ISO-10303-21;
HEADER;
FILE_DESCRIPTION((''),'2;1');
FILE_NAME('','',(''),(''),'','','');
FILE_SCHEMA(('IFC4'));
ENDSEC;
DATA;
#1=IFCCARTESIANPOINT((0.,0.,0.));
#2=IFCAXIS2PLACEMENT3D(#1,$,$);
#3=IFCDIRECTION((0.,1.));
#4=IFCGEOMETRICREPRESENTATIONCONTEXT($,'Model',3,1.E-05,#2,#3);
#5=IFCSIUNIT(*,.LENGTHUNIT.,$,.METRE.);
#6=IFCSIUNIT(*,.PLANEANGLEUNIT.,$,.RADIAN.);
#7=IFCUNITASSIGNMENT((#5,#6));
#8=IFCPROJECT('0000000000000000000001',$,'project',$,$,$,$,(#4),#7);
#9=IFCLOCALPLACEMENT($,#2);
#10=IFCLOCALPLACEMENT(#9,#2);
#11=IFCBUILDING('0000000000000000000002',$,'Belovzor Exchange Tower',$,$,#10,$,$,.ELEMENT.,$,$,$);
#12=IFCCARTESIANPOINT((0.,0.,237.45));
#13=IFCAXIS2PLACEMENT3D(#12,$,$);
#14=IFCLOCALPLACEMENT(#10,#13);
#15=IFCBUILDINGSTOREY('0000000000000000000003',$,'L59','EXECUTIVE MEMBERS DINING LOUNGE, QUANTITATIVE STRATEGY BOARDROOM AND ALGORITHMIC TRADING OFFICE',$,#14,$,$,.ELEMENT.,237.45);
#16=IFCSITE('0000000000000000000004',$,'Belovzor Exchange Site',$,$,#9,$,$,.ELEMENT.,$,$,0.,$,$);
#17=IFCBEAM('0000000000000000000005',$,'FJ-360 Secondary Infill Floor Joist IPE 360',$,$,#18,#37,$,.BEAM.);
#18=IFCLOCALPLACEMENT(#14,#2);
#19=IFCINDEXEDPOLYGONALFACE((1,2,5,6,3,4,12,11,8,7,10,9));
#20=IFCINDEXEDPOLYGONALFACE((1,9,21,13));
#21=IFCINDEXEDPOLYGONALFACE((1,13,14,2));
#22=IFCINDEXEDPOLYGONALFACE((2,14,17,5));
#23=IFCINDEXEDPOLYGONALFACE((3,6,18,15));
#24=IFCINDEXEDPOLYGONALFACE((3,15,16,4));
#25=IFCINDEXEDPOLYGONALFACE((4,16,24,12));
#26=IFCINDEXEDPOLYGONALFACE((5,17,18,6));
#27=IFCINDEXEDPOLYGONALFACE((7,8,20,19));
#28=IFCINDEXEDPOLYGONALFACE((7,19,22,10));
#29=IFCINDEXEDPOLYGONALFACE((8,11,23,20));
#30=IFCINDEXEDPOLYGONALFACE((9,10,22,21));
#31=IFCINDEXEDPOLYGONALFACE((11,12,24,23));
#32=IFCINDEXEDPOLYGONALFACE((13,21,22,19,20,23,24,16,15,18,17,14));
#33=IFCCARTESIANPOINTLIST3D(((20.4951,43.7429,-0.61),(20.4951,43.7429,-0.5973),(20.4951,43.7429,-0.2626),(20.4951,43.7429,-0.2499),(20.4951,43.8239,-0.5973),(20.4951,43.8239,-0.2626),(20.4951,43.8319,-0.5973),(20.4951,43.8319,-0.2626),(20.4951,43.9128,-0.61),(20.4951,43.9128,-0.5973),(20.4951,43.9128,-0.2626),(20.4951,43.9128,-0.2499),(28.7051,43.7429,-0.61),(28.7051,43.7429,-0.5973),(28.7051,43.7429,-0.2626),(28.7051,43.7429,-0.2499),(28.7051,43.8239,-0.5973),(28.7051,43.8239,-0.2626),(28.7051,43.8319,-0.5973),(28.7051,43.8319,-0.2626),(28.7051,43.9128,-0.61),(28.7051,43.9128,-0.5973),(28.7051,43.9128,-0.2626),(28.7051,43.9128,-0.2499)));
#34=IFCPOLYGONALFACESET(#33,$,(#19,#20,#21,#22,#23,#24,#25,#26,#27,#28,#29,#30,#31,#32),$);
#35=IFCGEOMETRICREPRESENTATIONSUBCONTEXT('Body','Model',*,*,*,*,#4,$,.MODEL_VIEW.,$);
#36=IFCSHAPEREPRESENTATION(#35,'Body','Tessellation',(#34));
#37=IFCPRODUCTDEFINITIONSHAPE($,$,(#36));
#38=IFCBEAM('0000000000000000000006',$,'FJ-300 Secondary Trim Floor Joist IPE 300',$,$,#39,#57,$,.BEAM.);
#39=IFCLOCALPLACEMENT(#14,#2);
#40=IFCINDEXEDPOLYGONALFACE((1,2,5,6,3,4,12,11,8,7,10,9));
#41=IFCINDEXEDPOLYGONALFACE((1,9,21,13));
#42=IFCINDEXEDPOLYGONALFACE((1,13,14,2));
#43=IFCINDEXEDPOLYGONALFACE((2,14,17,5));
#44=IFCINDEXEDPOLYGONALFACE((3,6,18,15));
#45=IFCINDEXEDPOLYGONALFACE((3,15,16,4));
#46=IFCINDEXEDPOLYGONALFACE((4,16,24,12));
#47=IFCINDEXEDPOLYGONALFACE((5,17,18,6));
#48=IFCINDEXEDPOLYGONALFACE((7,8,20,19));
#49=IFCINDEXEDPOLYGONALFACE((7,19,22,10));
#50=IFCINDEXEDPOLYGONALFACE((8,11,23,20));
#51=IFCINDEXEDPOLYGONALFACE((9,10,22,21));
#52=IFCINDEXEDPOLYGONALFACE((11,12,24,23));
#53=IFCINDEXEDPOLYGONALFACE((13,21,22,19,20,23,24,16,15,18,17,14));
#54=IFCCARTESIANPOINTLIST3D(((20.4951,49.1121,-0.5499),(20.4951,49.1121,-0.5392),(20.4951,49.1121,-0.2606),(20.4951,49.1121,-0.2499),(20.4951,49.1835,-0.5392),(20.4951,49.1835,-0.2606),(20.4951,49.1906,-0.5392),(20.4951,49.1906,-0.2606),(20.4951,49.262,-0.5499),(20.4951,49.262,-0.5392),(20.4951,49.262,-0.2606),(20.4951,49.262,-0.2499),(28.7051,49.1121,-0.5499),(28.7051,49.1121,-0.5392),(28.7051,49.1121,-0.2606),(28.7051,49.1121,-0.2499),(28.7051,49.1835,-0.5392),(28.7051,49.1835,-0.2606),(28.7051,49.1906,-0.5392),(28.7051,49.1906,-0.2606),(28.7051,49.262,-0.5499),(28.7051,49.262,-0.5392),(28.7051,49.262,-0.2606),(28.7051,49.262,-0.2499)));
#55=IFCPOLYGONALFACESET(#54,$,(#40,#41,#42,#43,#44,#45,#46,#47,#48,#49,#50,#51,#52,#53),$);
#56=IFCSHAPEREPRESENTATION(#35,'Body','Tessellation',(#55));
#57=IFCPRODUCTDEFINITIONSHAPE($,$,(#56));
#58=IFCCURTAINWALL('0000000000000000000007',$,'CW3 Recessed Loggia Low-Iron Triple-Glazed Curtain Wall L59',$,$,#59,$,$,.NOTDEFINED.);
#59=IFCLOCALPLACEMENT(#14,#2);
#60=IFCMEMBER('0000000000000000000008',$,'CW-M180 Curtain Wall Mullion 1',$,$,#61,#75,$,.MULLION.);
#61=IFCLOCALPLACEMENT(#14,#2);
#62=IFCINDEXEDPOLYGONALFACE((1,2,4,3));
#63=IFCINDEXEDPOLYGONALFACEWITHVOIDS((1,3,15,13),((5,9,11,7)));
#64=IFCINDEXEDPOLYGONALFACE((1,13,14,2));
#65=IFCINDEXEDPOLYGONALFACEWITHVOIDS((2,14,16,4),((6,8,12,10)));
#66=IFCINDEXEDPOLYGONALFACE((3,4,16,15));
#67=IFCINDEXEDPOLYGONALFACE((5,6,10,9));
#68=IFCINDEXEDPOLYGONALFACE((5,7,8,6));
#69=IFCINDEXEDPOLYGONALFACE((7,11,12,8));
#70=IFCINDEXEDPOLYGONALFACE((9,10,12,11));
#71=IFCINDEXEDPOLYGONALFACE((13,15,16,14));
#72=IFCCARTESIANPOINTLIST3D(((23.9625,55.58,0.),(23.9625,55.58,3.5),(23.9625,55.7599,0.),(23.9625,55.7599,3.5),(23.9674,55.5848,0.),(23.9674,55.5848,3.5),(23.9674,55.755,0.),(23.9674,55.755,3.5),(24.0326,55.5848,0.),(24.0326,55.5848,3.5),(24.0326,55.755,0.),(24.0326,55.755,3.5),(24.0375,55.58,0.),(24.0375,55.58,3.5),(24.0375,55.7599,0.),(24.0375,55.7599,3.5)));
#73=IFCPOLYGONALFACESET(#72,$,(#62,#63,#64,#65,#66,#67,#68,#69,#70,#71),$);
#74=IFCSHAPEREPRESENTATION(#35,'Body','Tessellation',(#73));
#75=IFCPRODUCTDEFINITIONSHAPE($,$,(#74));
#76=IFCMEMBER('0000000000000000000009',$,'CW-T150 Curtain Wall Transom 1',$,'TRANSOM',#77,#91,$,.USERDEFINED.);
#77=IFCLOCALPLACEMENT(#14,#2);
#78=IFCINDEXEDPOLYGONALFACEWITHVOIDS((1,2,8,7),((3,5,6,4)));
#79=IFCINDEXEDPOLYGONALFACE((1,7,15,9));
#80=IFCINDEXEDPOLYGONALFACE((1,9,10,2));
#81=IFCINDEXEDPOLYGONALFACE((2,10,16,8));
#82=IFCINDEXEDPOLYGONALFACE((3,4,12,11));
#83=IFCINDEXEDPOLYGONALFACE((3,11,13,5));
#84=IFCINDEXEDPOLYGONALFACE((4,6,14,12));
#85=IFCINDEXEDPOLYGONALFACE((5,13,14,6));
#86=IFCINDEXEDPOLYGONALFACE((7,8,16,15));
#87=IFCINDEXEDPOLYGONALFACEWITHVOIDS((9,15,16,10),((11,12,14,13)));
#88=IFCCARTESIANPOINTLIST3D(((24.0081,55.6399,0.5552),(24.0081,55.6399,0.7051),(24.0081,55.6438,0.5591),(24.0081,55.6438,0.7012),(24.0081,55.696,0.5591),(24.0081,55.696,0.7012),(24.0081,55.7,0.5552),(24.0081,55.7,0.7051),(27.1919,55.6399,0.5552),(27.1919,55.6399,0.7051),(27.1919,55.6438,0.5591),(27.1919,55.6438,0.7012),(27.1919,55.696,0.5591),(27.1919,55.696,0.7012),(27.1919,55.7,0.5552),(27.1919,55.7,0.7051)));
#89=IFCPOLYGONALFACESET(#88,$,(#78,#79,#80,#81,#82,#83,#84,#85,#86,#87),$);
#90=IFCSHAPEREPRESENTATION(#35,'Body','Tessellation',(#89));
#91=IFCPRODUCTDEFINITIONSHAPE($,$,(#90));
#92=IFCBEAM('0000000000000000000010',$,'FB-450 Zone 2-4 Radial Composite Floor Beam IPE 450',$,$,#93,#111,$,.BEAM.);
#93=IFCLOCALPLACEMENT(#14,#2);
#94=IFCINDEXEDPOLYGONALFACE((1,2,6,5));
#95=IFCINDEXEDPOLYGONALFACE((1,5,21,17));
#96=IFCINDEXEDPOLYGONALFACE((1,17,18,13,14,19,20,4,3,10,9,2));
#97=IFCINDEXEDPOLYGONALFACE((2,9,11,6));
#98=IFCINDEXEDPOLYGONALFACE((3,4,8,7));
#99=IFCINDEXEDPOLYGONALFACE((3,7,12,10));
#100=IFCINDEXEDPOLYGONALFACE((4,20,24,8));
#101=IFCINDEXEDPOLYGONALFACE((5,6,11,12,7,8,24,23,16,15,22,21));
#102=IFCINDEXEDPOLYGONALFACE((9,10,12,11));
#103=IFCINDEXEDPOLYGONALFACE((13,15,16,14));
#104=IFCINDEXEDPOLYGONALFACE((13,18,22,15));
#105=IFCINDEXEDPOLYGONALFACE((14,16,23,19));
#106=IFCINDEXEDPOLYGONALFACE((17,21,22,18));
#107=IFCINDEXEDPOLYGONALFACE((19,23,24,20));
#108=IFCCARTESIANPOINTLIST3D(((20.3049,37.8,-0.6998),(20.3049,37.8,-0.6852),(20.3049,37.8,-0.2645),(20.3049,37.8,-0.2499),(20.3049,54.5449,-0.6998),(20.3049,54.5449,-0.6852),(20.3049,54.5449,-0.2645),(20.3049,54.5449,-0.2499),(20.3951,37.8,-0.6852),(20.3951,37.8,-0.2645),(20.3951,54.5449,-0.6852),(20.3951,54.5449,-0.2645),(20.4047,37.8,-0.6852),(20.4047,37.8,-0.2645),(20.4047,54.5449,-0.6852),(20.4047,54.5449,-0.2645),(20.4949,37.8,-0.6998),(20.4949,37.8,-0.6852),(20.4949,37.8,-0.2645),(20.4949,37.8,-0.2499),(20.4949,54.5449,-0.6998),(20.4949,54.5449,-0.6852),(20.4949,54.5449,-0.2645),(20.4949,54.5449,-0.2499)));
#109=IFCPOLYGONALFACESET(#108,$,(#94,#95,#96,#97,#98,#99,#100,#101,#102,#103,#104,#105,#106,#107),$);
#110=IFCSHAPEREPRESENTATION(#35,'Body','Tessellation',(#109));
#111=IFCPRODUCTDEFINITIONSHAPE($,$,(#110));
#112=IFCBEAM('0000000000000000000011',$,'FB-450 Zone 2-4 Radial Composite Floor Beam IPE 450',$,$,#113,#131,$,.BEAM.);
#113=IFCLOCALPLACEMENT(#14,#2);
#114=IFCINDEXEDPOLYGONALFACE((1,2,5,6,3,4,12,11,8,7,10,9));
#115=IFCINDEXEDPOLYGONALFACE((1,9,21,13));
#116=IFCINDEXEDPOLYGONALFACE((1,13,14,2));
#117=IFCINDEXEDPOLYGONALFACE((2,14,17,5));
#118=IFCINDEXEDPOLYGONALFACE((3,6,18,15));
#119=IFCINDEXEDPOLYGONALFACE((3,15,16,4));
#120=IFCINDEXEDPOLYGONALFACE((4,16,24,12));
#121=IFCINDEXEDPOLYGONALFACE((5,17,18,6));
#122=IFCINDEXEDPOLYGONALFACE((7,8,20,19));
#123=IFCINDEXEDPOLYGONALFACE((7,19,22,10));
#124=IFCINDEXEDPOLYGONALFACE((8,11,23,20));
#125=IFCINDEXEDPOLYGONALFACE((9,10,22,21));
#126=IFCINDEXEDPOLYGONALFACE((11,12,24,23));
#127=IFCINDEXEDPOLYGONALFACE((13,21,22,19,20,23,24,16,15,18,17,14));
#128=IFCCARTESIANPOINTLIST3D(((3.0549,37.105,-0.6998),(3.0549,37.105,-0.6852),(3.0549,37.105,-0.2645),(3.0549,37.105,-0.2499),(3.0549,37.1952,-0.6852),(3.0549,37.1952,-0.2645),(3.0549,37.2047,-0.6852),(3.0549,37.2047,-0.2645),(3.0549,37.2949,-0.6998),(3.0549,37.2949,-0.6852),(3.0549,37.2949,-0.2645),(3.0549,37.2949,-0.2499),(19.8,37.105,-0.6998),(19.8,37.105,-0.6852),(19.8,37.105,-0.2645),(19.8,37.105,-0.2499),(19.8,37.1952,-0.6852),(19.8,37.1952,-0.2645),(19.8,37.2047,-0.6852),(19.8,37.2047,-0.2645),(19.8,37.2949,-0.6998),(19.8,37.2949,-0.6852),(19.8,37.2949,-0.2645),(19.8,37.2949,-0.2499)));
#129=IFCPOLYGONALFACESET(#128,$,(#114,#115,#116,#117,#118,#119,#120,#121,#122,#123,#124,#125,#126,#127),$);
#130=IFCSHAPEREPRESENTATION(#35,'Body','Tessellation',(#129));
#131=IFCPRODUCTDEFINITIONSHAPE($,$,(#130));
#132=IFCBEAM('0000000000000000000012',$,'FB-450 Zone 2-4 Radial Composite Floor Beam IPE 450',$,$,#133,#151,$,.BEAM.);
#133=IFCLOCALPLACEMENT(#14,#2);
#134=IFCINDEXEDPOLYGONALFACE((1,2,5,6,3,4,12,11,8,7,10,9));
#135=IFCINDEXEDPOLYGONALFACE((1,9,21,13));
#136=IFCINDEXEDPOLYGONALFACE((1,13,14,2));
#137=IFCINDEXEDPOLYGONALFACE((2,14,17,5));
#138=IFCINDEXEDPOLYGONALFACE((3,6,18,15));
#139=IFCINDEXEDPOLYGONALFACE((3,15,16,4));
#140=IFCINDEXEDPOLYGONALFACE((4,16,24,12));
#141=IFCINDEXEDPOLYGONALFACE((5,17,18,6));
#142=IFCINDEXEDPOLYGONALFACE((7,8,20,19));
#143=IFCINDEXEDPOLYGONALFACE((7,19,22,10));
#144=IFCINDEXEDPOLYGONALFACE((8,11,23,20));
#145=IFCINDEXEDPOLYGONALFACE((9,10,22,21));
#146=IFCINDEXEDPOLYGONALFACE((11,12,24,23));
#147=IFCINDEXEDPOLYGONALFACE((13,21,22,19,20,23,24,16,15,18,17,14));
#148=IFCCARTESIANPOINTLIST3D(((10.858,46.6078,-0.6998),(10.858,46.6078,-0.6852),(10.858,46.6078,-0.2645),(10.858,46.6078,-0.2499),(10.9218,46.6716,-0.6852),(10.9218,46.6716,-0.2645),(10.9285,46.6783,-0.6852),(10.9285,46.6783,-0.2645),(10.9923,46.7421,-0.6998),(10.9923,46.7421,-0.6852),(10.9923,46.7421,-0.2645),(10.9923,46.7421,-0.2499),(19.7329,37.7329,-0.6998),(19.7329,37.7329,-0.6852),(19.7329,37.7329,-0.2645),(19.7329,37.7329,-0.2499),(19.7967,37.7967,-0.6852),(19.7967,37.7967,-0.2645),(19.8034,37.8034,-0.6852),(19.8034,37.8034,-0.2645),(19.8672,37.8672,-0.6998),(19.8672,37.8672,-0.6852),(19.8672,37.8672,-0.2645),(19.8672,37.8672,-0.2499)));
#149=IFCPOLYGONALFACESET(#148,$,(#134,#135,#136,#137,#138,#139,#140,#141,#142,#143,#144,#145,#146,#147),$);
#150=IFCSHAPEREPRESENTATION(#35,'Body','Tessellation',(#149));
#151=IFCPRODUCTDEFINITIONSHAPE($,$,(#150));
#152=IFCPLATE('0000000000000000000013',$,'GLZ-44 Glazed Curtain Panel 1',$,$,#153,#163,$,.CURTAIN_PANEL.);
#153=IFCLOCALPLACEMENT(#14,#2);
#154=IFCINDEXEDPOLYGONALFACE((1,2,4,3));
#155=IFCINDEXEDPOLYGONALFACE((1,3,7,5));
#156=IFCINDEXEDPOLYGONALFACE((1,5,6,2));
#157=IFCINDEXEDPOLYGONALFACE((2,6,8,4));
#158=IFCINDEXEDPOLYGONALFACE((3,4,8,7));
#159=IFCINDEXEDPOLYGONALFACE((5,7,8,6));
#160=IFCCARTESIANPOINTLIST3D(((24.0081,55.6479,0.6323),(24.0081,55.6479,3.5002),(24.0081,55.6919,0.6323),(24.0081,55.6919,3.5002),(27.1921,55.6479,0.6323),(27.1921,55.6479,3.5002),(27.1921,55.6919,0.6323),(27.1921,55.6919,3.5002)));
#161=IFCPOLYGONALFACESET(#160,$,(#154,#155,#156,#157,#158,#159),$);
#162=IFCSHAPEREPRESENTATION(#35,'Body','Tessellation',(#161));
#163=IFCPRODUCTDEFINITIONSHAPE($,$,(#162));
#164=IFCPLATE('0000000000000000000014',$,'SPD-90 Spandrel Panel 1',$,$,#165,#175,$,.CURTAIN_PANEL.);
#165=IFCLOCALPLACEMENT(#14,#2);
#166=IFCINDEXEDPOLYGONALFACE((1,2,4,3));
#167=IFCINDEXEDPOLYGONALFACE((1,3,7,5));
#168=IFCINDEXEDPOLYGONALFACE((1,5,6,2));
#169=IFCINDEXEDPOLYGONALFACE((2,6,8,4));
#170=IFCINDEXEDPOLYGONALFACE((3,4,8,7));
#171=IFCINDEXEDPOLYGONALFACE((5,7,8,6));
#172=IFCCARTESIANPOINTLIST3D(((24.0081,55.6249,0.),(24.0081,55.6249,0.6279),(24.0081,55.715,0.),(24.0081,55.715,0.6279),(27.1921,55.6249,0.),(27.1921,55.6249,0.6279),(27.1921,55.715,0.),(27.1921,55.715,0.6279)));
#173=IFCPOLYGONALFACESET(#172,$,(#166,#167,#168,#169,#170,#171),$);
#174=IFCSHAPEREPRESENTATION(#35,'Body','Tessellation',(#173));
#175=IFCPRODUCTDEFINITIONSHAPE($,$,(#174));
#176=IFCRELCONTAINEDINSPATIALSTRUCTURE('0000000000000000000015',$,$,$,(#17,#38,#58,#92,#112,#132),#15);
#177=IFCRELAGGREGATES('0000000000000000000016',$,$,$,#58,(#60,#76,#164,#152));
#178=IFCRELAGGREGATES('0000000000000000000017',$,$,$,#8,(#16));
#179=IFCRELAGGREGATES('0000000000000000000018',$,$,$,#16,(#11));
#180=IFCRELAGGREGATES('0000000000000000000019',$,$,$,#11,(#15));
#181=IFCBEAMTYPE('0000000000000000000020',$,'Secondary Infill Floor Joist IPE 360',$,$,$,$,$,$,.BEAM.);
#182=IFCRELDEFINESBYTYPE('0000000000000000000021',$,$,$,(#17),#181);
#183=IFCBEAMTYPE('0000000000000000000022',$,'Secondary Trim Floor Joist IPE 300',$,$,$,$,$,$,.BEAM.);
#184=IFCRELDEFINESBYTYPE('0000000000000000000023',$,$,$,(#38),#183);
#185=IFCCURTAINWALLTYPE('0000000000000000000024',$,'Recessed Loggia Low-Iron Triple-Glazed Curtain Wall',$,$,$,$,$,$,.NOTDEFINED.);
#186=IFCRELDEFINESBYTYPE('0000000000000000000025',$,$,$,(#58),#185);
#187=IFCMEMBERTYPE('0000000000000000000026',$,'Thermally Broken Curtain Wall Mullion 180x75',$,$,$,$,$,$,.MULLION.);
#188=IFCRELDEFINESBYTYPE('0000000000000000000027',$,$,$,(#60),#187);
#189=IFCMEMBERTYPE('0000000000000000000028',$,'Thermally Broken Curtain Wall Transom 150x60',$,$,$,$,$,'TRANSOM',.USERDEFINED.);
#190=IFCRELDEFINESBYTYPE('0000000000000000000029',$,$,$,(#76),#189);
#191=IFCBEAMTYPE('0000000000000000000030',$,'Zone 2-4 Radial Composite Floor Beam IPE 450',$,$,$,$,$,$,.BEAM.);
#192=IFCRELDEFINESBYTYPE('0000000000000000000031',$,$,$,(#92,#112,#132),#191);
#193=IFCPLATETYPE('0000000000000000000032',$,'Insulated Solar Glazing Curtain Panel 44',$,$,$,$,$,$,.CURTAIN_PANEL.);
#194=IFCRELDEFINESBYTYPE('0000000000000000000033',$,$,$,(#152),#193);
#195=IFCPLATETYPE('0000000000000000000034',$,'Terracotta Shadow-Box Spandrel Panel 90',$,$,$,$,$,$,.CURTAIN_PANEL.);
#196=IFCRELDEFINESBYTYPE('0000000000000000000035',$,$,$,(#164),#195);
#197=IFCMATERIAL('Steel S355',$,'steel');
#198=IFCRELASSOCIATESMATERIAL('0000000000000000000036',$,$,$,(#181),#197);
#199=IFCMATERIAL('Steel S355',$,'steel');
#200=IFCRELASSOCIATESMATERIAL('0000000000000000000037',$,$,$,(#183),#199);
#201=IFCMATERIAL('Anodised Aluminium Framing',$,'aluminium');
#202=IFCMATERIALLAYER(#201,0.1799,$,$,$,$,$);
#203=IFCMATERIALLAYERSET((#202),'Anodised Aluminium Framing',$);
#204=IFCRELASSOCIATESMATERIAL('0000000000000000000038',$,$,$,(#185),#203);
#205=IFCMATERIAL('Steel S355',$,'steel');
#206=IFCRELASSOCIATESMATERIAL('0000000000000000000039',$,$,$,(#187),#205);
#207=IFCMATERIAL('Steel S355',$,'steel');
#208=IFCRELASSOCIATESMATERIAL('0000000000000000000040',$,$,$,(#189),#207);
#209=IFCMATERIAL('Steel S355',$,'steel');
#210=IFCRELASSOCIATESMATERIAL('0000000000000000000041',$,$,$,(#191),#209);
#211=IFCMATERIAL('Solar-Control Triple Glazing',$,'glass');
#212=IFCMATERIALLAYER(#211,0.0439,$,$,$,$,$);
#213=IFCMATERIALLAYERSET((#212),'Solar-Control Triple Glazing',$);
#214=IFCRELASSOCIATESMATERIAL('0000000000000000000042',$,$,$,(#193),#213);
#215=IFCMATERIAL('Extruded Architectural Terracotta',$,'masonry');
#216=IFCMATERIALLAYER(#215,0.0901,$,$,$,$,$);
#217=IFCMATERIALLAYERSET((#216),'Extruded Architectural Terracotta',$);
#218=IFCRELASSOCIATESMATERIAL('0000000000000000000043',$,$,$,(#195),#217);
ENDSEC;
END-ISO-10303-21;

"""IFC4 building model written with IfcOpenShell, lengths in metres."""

from ifc_helpers import new_model, si_unit, direction, frame, origin, origin_2d, place, context, subcontext, project, spatial, rectangle, hollow_rectangle, i_section, extrude, material, layer, layer_set, material_profile, profile_set, type_object, element, aggregate, save


model = new_model("IFC4")

# Units and contexts
model_context = context("Model", 3, precision=1e-05, world=origin(), true_north=direction((0.0, 1.0)))
body_context = subcontext(model_context, "Body", "Model", "MODEL_VIEW")
ifc_project = project(units=[si_unit("LENGTHUNIT", "METRE"), si_unit("PLANEANGLEUNIT", "RADIAN")], contexts=[model_context])

# Site, building, storey
site_placement = place(None, origin())
site = spatial("IfcSite", under=ifc_project, at=site_placement, Name="Belovzor Exchange Site", CompositionType="ELEMENT", RefElevation=0.0)
building_placement = place(site_placement, origin())
building = spatial("IfcBuilding", under=site, at=building_placement, Name="Belovzor Exchange Tower", CompositionType="ELEMENT")
storey_placement = place(building_placement, frame((0.0, 0.0, 237.45)))
storey = spatial("IfcBuildingStorey", under=building, at=storey_placement, Name="L59", Description="EXECUTIVE MEMBERS DINING LOUNGE, QUANTITATIVE STRATEGY BOARDROOM AND ALGORITHMIC TRADING OFFICE", CompositionType="ELEMENT", Elevation=237.45)

# Beams
ifc_material_1 = material(Name="Steel S355", Category="steel")
ifc_material_profile_1 = material_profile(ifc_material_1, i_section(OverallWidth=0.1699, OverallDepth=0.3601, WebThickness=0.0081, FlangeThickness=0.0127, at=origin_2d()))
ifc_profile_set_1 = profile_set([ifc_material_profile_1], Name="Steel S355")
beam_type_1 = type_object("IfcBeamType", Name="Secondary Infill Floor Joist IPE 360", PredefinedType="BEAM", material=ifc_profile_set_1)
beam_1_placement = place(storey_placement, frame((20.4951, 43.8279, -0.4299), z_axis=(1.0, 0.0, 0.0), x_axis=(0.0, 1.0, 0.0)))
element("IfcBeam", 1, at=beam_1_placement, inside=storey, type_object=beam_type_1, Name="FJ-360 Secondary Infill Floor Joist IPE 360", PredefinedType="BEAM", context=body_context, shape_type="SweptSolid", body=[
    extrude(i_section(OverallWidth=0.1699, OverallDepth=0.3601, WebThickness=0.0081, FlangeThickness=0.0127, at=origin_2d()), origin(), (0.0, 0.0, 1.0), 8.21),
])
ifc_material_2 = material(Name="Steel S355", Category="steel")
ifc_material_profile_2 = material_profile(ifc_material_2, i_section(OverallWidth=0.1499, OverallDepth=0.3, WebThickness=0.0071, FlangeThickness=0.0107, at=origin_2d()))
ifc_profile_set_2 = profile_set([ifc_material_profile_2], Name="Steel S355")
beam_type_2 = type_object("IfcBeamType", Name="Secondary Trim Floor Joist IPE 300", PredefinedType="BEAM", material=ifc_profile_set_2)
beam_2_placement = place(storey_placement, frame((20.4951, 49.187, -0.3999), z_axis=(1.0, 0.0, 0.0), x_axis=(0.0, 1.0, 0.0)))
element("IfcBeam", 2, at=beam_2_placement, inside=storey, type_object=beam_type_2, Name="FJ-300 Secondary Trim Floor Joist IPE 300", PredefinedType="BEAM", context=body_context, shape_type="SweptSolid", body=[
    extrude(i_section(OverallWidth=0.1499, OverallDepth=0.3, WebThickness=0.0071, FlangeThickness=0.0107, at=origin_2d()), origin(), (0.0, 0.0, 1.0), 8.21),
])

# Curtain wall, members
ifc_material_3 = material(Name="Anodised Aluminium Framing", Category="aluminium")
ifc_layer_1 = layer(ifc_material_3, 0.1799)
ifc_layer_set_1 = layer_set([ifc_layer_1], Name="Anodised Aluminium Framing")
curtain_wall_type = type_object("IfcCurtainWallType", Name="Recessed Loggia Low-Iron Triple-Glazed Curtain Wall", PredefinedType="NOTDEFINED", material=ifc_layer_set_1)
curtain_wall_placement = place(storey_placement, origin())
curtain_wall = element("IfcCurtainWall", 3, at=curtain_wall_placement, inside=storey, type_object=curtain_wall_type, Name="CW3 Recessed Loggia Low-Iron Triple-Glazed Curtain Wall L59", PredefinedType="NOTDEFINED")
ifc_material_4 = material(Name="Steel S355", Category="steel")
ifc_material_profile_3 = material_profile(ifc_material_4, hollow_rectangle(XDim=0.075, YDim=0.1799, WallThickness=0.0049, at=origin_2d()))
ifc_profile_set_3 = profile_set([ifc_material_profile_3], Name="Steel S355")
member_type_1 = type_object("IfcMemberType", Name="Thermally Broken Curtain Wall Mullion 180x75", PredefinedType="MULLION", material=ifc_profile_set_3)
member_1_placement = place(storey_placement, frame((24.0, 55.6699, 0.0), z_axis=(0.0, 0.0, 1.0), x_axis=(1.0, 0.0, 0.0)))
member_1 = element("IfcMember", 4, at=member_1_placement, type_object=member_type_1, Name="CW-M180 Curtain Wall Mullion 1", PredefinedType="MULLION", context=body_context, shape_type="SweptSolid", body=[
    extrude(hollow_rectangle(XDim=0.075, YDim=0.1799, WallThickness=0.0049, at=origin_2d()), origin(), (0.0, 0.0, 1.0), 3.5),
])
ifc_material_5 = material(Name="Steel S355", Category="steel")
ifc_material_profile_4 = material_profile(ifc_material_5, hollow_rectangle(XDim=0.0601, YDim=0.1499, WallThickness=0.0039, at=origin_2d()))
ifc_profile_set_4 = profile_set([ifc_material_profile_4], Name="Steel S355")
member_type_2 = type_object("IfcMemberType", Name="Thermally Broken Curtain Wall Transom 150x60", ElementType="TRANSOM", PredefinedType="USERDEFINED", material=ifc_profile_set_4)
member_2_placement = place(storey_placement, frame((24.0081, 55.6699, 0.6301), z_axis=(1.0, 0.0, 0.0), x_axis=(0.0, 1.0, 0.0)))
member_2 = element("IfcMember", 5, at=member_2_placement, type_object=member_type_2, Name="CW-T150 Curtain Wall Transom 1", ObjectType="TRANSOM", PredefinedType="USERDEFINED", context=body_context, shape_type="SweptSolid", body=[
    extrude(hollow_rectangle(XDim=0.0601, YDim=0.1499, WallThickness=0.0039, at=origin_2d()), origin(), (0.0, 0.0, 1.0), 3.1838),
])

# Beams
ifc_material_6 = material(Name="Steel S355", Category="steel")
ifc_material_profile_5 = material_profile(ifc_material_6, i_section(OverallWidth=0.1899, OverallDepth=0.45, WebThickness=0.0095, FlangeThickness=0.0146, at=origin_2d()))
ifc_profile_set_5 = profile_set([ifc_material_profile_5], Name="Steel S355")
beam_type_3 = type_object("IfcBeamType", Name="Zone 2-4 Radial Composite Floor Beam IPE 450", PredefinedType="BEAM", material=ifc_profile_set_5)
beam_3_placement = place(storey_placement, frame((20.3999, 37.8, -0.4749), z_axis=(0.0, 1.0, 0.0), x_axis=(-1.0, 0.0, 0.0)))
element("IfcBeam", 6, at=beam_3_placement, inside=storey, type_object=beam_type_3, Name="FB-450 Zone 2-4 Radial Composite Floor Beam IPE 450", PredefinedType="BEAM", context=body_context, shape_type="SweptSolid", body=[
    extrude(i_section(OverallWidth=0.1899, OverallDepth=0.45, WebThickness=0.0095, FlangeThickness=0.0146, at=origin_2d()), origin(), (0.0, 0.0, 1.0), 16.7449),
])
beam_4_placement = place(storey_placement, frame((19.8, 37.2, -0.4749), z_axis=(-1.0, 0.0, 0.0), x_axis=(0.0, -1.0, 0.0)))
element("IfcBeam", 7, at=beam_4_placement, inside=storey, type_object=beam_type_3, Name="FB-450 Zone 2-4 Radial Composite Floor Beam IPE 450", PredefinedType="BEAM", context=body_context, shape_type="SweptSolid", body=[
    extrude(i_section(OverallWidth=0.1899, OverallDepth=0.45, WebThickness=0.0095, FlangeThickness=0.0146, at=origin_2d()), origin(), (0.0, 0.0, 1.0), 16.7451),
])
beam_5_placement = place(storey_placement, frame((19.8, 37.8, -0.4749), z_axis=(-0.707107, 0.707107, 0.0), x_axis=(-0.707107, -0.707107, 0.0)))
element("IfcBeam", 8, at=beam_5_placement, inside=storey, type_object=beam_type_3, Name="FB-450 Zone 2-4 Radial Composite Floor Beam IPE 450", PredefinedType="BEAM", context=body_context, shape_type="SweptSolid", body=[
    extrude(i_section(OverallWidth=0.1899, OverallDepth=0.45, WebThickness=0.0095, FlangeThickness=0.0146, at=origin_2d()), origin(), (0.0, 0.0, 1.0), 12.551),
])

# Plates
ifc_material_7 = material(Name="Solar-Control Triple Glazing", Category="glass")
ifc_layer_2 = layer(ifc_material_7, 0.0439)
ifc_layer_set_2 = layer_set([ifc_layer_2], Name="Solar-Control Triple Glazing")
plate_type_1 = type_object("IfcPlateType", Name="Insulated Solar Glazing Curtain Panel 44", PredefinedType="CURTAIN_PANEL", material=ifc_layer_set_2)
plate_1_placement = place(storey_placement, frame((25.6001, 55.6699, 0.6323), z_axis=(0.0, 0.0, 1.0), x_axis=(1.0, 0.0, 0.0)))
plate_1 = element("IfcPlate", 9, at=plate_1_placement, type_object=plate_type_1, Name="GLZ-44 Glazed Curtain Panel 1", PredefinedType="CURTAIN_PANEL", context=body_context, shape_type="SweptSolid", body=[
    extrude(rectangle(XDim=3.1841, YDim=0.0439, at=origin_2d()), origin(), (0.0, 0.0, 1.0), 2.8679),
])
ifc_material_8 = material(Name="Extruded Architectural Terracotta", Category="masonry")
ifc_layer_3 = layer(ifc_material_8, 0.0901)
ifc_layer_set_3 = layer_set([ifc_layer_3], Name="Extruded Architectural Terracotta")
plate_type_2 = type_object("IfcPlateType", Name="Terracotta Shadow-Box Spandrel Panel 90", PredefinedType="CURTAIN_PANEL", material=ifc_layer_set_3)
plate_2_placement = place(storey_placement, frame((25.6001, 55.6699, 0.0), z_axis=(0.0, 0.0, 1.0), x_axis=(1.0, 0.0, 0.0)))
plate_2 = element("IfcPlate", 10, at=plate_2_placement, type_object=plate_type_2, Name="SPD-90 Spandrel Panel 1", PredefinedType="CURTAIN_PANEL", context=body_context, shape_type="SweptSolid", body=[
    extrude(rectangle(XDim=3.1841, YDim=0.0901, at=origin_2d()), origin(), (0.0, 0.0, 1.0), 0.6279),
])
aggregate(curtain_wall, [member_1, member_2, plate_2, plate_1])

save(model, "model.ifc")
